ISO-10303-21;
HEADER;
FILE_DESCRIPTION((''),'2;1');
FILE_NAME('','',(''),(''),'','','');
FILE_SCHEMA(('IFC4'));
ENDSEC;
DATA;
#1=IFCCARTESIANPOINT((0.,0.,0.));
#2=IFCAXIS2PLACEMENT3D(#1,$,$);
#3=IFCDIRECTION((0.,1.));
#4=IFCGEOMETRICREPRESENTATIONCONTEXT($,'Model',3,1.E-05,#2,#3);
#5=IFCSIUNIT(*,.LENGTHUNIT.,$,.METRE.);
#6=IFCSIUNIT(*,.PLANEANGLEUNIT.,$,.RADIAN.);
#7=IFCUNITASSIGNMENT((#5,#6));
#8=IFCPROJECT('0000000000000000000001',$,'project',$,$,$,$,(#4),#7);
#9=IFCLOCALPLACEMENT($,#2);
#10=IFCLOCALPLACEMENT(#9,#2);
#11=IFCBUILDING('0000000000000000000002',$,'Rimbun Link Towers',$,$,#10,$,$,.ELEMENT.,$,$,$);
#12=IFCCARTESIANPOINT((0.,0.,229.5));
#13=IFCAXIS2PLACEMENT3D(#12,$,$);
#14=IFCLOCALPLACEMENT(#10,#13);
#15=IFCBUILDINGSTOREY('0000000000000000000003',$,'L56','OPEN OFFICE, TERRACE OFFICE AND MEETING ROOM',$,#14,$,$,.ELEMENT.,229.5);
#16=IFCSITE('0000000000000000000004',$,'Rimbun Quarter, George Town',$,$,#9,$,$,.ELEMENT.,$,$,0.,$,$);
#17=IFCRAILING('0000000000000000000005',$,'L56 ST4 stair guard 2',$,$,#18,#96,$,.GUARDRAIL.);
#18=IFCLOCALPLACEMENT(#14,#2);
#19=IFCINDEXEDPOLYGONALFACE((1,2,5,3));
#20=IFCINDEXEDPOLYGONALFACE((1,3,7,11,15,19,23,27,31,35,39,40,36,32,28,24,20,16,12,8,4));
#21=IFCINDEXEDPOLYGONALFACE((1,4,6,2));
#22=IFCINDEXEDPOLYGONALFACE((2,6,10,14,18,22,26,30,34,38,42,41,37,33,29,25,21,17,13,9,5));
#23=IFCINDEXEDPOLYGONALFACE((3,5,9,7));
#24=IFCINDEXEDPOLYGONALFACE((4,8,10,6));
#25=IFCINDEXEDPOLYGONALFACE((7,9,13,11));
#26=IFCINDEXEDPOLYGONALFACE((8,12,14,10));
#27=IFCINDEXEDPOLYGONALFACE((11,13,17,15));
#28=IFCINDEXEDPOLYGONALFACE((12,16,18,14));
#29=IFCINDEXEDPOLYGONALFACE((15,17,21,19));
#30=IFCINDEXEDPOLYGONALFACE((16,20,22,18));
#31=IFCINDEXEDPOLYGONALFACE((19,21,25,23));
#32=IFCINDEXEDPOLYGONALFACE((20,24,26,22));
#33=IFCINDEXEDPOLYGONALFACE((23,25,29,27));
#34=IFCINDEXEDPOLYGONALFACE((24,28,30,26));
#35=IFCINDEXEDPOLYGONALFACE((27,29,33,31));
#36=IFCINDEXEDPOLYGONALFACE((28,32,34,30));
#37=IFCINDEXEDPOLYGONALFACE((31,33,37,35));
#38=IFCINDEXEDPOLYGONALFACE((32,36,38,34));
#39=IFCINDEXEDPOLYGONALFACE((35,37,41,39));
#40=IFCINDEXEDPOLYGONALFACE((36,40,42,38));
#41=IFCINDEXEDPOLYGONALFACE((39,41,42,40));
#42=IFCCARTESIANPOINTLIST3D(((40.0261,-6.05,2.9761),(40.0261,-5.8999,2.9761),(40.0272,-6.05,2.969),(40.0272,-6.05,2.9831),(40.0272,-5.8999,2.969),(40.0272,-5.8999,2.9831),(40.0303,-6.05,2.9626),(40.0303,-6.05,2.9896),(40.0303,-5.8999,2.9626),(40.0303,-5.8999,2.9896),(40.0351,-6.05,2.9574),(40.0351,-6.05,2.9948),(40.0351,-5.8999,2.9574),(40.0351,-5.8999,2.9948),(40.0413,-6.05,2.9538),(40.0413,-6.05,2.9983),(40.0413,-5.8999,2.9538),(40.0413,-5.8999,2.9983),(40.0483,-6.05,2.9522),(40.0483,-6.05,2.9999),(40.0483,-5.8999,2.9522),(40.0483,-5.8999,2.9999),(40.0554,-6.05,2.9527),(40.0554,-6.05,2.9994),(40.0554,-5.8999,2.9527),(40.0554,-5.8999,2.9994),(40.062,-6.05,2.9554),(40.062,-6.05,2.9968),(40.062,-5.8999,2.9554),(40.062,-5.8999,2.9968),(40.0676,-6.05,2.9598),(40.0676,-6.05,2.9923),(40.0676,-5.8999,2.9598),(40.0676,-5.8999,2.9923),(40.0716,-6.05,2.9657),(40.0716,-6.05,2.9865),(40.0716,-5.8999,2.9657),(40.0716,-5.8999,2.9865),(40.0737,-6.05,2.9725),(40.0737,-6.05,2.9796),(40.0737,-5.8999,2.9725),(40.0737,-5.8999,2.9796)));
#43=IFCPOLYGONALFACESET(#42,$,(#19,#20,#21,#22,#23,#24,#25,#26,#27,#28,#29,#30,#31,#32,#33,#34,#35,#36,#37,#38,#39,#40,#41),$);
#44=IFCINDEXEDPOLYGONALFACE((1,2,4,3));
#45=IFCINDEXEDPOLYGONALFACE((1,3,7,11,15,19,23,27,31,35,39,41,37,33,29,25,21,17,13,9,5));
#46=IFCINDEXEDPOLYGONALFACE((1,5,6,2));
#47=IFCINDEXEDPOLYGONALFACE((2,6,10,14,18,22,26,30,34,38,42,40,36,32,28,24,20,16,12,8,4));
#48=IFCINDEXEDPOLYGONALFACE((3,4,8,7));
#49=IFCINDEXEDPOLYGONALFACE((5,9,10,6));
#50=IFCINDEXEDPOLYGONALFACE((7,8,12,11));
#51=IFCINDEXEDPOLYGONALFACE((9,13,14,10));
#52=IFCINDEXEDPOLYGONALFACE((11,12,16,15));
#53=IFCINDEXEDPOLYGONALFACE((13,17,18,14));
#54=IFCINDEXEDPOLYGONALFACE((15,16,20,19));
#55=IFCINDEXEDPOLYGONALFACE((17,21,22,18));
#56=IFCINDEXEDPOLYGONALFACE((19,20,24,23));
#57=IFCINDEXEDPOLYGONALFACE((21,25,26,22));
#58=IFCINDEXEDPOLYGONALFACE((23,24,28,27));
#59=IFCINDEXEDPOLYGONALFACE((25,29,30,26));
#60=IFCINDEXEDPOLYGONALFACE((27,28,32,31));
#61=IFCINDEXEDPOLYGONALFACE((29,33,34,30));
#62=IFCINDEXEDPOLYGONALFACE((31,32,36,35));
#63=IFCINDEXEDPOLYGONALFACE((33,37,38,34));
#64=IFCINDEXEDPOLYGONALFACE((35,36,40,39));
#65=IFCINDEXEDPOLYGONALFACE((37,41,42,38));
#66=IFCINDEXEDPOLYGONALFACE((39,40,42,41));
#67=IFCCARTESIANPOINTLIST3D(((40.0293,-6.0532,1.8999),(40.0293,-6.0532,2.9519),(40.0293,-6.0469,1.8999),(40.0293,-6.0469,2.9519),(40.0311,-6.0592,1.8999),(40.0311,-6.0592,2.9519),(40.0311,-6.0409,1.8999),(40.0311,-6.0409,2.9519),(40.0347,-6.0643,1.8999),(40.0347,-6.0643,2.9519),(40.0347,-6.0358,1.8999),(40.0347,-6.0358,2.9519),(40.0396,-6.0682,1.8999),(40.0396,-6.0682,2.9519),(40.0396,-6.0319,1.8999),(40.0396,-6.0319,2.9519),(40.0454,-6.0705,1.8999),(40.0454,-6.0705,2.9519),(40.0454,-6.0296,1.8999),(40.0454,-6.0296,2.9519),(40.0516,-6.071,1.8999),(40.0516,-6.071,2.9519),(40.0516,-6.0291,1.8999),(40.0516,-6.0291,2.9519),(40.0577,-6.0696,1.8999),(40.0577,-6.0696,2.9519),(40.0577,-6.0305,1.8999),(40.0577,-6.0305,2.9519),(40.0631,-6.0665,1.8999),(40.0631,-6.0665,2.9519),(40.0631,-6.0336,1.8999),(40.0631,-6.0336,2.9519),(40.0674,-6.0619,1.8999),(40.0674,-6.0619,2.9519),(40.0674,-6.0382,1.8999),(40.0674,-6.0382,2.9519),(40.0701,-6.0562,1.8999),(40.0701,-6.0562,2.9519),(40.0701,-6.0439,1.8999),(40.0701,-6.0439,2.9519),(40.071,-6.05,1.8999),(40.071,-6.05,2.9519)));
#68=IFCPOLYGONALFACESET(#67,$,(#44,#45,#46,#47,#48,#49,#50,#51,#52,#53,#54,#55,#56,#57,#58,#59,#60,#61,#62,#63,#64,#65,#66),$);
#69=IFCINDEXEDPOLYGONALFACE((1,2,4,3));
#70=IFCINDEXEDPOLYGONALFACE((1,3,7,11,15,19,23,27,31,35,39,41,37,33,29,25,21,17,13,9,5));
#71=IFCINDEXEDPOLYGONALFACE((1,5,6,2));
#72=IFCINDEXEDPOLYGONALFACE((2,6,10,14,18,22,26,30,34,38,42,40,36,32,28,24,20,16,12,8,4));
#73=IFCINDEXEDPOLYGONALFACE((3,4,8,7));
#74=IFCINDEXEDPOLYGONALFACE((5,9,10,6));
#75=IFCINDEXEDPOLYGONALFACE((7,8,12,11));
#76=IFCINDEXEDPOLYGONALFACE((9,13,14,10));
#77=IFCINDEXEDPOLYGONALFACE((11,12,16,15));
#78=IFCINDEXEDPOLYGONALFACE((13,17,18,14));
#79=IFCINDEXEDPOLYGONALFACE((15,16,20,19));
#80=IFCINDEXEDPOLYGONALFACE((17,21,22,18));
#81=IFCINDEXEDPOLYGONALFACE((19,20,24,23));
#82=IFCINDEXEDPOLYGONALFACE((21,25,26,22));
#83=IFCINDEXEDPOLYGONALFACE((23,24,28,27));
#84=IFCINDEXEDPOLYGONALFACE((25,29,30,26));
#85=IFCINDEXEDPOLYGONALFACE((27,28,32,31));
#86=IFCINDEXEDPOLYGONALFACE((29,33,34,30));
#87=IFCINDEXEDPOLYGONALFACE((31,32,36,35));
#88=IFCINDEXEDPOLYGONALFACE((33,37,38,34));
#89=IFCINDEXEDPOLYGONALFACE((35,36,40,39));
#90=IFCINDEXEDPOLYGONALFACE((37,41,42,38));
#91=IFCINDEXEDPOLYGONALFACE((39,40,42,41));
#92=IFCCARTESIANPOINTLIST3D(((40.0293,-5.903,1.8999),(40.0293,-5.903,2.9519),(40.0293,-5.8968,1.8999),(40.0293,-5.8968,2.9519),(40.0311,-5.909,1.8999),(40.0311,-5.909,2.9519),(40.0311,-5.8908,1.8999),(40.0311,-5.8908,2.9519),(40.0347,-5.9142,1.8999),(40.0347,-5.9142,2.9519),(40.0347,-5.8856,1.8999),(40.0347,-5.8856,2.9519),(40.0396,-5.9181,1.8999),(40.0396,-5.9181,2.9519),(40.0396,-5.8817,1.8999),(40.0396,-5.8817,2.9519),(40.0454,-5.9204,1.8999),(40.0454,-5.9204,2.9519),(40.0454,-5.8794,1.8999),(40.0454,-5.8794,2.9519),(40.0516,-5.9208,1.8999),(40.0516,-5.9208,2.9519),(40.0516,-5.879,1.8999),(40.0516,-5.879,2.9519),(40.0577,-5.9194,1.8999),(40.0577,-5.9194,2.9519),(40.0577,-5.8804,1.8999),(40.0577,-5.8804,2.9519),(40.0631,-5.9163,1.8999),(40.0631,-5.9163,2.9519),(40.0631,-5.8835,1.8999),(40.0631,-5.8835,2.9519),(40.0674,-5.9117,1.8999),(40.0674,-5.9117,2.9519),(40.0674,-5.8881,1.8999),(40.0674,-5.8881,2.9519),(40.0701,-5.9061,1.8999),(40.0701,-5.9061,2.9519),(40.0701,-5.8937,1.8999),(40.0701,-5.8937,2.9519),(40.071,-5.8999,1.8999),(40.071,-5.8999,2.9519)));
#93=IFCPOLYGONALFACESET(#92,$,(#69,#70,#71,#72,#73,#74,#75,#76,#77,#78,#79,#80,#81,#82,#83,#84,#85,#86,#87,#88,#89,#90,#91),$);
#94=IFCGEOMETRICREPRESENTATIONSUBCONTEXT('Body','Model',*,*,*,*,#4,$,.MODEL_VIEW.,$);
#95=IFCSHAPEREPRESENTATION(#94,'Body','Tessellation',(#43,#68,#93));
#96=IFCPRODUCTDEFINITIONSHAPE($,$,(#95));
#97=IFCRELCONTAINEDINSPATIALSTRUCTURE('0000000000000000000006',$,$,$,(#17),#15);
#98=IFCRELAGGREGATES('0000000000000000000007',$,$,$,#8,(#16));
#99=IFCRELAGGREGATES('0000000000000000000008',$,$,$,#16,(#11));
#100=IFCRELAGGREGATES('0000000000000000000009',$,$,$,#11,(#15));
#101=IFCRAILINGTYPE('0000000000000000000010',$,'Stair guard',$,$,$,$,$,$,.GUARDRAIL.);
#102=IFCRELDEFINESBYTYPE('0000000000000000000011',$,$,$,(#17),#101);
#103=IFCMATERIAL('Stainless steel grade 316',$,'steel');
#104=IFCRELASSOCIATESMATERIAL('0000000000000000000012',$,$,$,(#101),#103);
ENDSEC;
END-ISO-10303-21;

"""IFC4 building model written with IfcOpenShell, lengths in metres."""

from ifc_helpers import new_model, si_unit, direction, frame, origin, origin_2d, place, context, subcontext, project, spatial, circle, extrude, material, type_object, element, save


model = new_model("IFC4")

# Units and contexts
model_context = context("Model", 3, precision=1e-05, world=origin(), true_north=direction((0.0, 1.0)))
body_context = subcontext(model_context, "Body", "Model", "MODEL_VIEW")
ifc_project = project(units=[si_unit("LENGTHUNIT", "METRE"), si_unit("PLANEANGLEUNIT", "RADIAN")], contexts=[model_context])

# Site, building, storey
site_placement = place(None, origin())
site = spatial("IfcSite", under=ifc_project, at=site_placement, Name="Rimbun Quarter, George Town", CompositionType="ELEMENT", RefElevation=0.0)
building_placement = place(site_placement, origin())
building = spatial("IfcBuilding", under=site, at=building_placement, Name="Rimbun Link Towers", CompositionType="ELEMENT")
storey_placement = place(building_placement, frame((0.0, 0.0, 229.5)))
storey = spatial("IfcBuildingStorey", under=building, at=storey_placement, Name="L56", Description="OPEN OFFICE, TERRACE OFFICE AND MEETING ROOM", CompositionType="ELEMENT", Elevation=229.5)

# Railing
ifc_material_1 = material(Name="Stainless steel grade 316", Category="steel")
railing_type_1 = type_object("IfcRailingType", Name="Stair guard", PredefinedType="GUARDRAIL", material=ifc_material_1)
railing_1_placement = place(storey_placement, frame((40.05, -6.05, 1.8999)))
element("IfcRailing", 1, at=railing_1_placement, inside=storey, type_object=railing_type_1, Name="L56 ST4 stair guard 2", PredefinedType="GUARDRAIL", context=body_context, shape_type="SweptSolid", body=[
    extrude(circle(Radius=0.0239, at=origin_2d()), frame((0.0, 0.0, 1.0762), z_axis=(0.0, 1.0, 0.0), x_axis=(-1.0, 0.0, 0.0)), (0.0, 0.0, 1.0), 0.1501),
    extrude(circle(Radius=0.021, at=origin_2d()), origin(), (0.0, 0.0, 1.0), 1.052),
    extrude(circle(Radius=0.021, at=origin_2d()), frame((0.0, 0.1501, 0.0)), (0.0, 0.0, 1.0), 1.052),
])

save(model, "model.ifc")
